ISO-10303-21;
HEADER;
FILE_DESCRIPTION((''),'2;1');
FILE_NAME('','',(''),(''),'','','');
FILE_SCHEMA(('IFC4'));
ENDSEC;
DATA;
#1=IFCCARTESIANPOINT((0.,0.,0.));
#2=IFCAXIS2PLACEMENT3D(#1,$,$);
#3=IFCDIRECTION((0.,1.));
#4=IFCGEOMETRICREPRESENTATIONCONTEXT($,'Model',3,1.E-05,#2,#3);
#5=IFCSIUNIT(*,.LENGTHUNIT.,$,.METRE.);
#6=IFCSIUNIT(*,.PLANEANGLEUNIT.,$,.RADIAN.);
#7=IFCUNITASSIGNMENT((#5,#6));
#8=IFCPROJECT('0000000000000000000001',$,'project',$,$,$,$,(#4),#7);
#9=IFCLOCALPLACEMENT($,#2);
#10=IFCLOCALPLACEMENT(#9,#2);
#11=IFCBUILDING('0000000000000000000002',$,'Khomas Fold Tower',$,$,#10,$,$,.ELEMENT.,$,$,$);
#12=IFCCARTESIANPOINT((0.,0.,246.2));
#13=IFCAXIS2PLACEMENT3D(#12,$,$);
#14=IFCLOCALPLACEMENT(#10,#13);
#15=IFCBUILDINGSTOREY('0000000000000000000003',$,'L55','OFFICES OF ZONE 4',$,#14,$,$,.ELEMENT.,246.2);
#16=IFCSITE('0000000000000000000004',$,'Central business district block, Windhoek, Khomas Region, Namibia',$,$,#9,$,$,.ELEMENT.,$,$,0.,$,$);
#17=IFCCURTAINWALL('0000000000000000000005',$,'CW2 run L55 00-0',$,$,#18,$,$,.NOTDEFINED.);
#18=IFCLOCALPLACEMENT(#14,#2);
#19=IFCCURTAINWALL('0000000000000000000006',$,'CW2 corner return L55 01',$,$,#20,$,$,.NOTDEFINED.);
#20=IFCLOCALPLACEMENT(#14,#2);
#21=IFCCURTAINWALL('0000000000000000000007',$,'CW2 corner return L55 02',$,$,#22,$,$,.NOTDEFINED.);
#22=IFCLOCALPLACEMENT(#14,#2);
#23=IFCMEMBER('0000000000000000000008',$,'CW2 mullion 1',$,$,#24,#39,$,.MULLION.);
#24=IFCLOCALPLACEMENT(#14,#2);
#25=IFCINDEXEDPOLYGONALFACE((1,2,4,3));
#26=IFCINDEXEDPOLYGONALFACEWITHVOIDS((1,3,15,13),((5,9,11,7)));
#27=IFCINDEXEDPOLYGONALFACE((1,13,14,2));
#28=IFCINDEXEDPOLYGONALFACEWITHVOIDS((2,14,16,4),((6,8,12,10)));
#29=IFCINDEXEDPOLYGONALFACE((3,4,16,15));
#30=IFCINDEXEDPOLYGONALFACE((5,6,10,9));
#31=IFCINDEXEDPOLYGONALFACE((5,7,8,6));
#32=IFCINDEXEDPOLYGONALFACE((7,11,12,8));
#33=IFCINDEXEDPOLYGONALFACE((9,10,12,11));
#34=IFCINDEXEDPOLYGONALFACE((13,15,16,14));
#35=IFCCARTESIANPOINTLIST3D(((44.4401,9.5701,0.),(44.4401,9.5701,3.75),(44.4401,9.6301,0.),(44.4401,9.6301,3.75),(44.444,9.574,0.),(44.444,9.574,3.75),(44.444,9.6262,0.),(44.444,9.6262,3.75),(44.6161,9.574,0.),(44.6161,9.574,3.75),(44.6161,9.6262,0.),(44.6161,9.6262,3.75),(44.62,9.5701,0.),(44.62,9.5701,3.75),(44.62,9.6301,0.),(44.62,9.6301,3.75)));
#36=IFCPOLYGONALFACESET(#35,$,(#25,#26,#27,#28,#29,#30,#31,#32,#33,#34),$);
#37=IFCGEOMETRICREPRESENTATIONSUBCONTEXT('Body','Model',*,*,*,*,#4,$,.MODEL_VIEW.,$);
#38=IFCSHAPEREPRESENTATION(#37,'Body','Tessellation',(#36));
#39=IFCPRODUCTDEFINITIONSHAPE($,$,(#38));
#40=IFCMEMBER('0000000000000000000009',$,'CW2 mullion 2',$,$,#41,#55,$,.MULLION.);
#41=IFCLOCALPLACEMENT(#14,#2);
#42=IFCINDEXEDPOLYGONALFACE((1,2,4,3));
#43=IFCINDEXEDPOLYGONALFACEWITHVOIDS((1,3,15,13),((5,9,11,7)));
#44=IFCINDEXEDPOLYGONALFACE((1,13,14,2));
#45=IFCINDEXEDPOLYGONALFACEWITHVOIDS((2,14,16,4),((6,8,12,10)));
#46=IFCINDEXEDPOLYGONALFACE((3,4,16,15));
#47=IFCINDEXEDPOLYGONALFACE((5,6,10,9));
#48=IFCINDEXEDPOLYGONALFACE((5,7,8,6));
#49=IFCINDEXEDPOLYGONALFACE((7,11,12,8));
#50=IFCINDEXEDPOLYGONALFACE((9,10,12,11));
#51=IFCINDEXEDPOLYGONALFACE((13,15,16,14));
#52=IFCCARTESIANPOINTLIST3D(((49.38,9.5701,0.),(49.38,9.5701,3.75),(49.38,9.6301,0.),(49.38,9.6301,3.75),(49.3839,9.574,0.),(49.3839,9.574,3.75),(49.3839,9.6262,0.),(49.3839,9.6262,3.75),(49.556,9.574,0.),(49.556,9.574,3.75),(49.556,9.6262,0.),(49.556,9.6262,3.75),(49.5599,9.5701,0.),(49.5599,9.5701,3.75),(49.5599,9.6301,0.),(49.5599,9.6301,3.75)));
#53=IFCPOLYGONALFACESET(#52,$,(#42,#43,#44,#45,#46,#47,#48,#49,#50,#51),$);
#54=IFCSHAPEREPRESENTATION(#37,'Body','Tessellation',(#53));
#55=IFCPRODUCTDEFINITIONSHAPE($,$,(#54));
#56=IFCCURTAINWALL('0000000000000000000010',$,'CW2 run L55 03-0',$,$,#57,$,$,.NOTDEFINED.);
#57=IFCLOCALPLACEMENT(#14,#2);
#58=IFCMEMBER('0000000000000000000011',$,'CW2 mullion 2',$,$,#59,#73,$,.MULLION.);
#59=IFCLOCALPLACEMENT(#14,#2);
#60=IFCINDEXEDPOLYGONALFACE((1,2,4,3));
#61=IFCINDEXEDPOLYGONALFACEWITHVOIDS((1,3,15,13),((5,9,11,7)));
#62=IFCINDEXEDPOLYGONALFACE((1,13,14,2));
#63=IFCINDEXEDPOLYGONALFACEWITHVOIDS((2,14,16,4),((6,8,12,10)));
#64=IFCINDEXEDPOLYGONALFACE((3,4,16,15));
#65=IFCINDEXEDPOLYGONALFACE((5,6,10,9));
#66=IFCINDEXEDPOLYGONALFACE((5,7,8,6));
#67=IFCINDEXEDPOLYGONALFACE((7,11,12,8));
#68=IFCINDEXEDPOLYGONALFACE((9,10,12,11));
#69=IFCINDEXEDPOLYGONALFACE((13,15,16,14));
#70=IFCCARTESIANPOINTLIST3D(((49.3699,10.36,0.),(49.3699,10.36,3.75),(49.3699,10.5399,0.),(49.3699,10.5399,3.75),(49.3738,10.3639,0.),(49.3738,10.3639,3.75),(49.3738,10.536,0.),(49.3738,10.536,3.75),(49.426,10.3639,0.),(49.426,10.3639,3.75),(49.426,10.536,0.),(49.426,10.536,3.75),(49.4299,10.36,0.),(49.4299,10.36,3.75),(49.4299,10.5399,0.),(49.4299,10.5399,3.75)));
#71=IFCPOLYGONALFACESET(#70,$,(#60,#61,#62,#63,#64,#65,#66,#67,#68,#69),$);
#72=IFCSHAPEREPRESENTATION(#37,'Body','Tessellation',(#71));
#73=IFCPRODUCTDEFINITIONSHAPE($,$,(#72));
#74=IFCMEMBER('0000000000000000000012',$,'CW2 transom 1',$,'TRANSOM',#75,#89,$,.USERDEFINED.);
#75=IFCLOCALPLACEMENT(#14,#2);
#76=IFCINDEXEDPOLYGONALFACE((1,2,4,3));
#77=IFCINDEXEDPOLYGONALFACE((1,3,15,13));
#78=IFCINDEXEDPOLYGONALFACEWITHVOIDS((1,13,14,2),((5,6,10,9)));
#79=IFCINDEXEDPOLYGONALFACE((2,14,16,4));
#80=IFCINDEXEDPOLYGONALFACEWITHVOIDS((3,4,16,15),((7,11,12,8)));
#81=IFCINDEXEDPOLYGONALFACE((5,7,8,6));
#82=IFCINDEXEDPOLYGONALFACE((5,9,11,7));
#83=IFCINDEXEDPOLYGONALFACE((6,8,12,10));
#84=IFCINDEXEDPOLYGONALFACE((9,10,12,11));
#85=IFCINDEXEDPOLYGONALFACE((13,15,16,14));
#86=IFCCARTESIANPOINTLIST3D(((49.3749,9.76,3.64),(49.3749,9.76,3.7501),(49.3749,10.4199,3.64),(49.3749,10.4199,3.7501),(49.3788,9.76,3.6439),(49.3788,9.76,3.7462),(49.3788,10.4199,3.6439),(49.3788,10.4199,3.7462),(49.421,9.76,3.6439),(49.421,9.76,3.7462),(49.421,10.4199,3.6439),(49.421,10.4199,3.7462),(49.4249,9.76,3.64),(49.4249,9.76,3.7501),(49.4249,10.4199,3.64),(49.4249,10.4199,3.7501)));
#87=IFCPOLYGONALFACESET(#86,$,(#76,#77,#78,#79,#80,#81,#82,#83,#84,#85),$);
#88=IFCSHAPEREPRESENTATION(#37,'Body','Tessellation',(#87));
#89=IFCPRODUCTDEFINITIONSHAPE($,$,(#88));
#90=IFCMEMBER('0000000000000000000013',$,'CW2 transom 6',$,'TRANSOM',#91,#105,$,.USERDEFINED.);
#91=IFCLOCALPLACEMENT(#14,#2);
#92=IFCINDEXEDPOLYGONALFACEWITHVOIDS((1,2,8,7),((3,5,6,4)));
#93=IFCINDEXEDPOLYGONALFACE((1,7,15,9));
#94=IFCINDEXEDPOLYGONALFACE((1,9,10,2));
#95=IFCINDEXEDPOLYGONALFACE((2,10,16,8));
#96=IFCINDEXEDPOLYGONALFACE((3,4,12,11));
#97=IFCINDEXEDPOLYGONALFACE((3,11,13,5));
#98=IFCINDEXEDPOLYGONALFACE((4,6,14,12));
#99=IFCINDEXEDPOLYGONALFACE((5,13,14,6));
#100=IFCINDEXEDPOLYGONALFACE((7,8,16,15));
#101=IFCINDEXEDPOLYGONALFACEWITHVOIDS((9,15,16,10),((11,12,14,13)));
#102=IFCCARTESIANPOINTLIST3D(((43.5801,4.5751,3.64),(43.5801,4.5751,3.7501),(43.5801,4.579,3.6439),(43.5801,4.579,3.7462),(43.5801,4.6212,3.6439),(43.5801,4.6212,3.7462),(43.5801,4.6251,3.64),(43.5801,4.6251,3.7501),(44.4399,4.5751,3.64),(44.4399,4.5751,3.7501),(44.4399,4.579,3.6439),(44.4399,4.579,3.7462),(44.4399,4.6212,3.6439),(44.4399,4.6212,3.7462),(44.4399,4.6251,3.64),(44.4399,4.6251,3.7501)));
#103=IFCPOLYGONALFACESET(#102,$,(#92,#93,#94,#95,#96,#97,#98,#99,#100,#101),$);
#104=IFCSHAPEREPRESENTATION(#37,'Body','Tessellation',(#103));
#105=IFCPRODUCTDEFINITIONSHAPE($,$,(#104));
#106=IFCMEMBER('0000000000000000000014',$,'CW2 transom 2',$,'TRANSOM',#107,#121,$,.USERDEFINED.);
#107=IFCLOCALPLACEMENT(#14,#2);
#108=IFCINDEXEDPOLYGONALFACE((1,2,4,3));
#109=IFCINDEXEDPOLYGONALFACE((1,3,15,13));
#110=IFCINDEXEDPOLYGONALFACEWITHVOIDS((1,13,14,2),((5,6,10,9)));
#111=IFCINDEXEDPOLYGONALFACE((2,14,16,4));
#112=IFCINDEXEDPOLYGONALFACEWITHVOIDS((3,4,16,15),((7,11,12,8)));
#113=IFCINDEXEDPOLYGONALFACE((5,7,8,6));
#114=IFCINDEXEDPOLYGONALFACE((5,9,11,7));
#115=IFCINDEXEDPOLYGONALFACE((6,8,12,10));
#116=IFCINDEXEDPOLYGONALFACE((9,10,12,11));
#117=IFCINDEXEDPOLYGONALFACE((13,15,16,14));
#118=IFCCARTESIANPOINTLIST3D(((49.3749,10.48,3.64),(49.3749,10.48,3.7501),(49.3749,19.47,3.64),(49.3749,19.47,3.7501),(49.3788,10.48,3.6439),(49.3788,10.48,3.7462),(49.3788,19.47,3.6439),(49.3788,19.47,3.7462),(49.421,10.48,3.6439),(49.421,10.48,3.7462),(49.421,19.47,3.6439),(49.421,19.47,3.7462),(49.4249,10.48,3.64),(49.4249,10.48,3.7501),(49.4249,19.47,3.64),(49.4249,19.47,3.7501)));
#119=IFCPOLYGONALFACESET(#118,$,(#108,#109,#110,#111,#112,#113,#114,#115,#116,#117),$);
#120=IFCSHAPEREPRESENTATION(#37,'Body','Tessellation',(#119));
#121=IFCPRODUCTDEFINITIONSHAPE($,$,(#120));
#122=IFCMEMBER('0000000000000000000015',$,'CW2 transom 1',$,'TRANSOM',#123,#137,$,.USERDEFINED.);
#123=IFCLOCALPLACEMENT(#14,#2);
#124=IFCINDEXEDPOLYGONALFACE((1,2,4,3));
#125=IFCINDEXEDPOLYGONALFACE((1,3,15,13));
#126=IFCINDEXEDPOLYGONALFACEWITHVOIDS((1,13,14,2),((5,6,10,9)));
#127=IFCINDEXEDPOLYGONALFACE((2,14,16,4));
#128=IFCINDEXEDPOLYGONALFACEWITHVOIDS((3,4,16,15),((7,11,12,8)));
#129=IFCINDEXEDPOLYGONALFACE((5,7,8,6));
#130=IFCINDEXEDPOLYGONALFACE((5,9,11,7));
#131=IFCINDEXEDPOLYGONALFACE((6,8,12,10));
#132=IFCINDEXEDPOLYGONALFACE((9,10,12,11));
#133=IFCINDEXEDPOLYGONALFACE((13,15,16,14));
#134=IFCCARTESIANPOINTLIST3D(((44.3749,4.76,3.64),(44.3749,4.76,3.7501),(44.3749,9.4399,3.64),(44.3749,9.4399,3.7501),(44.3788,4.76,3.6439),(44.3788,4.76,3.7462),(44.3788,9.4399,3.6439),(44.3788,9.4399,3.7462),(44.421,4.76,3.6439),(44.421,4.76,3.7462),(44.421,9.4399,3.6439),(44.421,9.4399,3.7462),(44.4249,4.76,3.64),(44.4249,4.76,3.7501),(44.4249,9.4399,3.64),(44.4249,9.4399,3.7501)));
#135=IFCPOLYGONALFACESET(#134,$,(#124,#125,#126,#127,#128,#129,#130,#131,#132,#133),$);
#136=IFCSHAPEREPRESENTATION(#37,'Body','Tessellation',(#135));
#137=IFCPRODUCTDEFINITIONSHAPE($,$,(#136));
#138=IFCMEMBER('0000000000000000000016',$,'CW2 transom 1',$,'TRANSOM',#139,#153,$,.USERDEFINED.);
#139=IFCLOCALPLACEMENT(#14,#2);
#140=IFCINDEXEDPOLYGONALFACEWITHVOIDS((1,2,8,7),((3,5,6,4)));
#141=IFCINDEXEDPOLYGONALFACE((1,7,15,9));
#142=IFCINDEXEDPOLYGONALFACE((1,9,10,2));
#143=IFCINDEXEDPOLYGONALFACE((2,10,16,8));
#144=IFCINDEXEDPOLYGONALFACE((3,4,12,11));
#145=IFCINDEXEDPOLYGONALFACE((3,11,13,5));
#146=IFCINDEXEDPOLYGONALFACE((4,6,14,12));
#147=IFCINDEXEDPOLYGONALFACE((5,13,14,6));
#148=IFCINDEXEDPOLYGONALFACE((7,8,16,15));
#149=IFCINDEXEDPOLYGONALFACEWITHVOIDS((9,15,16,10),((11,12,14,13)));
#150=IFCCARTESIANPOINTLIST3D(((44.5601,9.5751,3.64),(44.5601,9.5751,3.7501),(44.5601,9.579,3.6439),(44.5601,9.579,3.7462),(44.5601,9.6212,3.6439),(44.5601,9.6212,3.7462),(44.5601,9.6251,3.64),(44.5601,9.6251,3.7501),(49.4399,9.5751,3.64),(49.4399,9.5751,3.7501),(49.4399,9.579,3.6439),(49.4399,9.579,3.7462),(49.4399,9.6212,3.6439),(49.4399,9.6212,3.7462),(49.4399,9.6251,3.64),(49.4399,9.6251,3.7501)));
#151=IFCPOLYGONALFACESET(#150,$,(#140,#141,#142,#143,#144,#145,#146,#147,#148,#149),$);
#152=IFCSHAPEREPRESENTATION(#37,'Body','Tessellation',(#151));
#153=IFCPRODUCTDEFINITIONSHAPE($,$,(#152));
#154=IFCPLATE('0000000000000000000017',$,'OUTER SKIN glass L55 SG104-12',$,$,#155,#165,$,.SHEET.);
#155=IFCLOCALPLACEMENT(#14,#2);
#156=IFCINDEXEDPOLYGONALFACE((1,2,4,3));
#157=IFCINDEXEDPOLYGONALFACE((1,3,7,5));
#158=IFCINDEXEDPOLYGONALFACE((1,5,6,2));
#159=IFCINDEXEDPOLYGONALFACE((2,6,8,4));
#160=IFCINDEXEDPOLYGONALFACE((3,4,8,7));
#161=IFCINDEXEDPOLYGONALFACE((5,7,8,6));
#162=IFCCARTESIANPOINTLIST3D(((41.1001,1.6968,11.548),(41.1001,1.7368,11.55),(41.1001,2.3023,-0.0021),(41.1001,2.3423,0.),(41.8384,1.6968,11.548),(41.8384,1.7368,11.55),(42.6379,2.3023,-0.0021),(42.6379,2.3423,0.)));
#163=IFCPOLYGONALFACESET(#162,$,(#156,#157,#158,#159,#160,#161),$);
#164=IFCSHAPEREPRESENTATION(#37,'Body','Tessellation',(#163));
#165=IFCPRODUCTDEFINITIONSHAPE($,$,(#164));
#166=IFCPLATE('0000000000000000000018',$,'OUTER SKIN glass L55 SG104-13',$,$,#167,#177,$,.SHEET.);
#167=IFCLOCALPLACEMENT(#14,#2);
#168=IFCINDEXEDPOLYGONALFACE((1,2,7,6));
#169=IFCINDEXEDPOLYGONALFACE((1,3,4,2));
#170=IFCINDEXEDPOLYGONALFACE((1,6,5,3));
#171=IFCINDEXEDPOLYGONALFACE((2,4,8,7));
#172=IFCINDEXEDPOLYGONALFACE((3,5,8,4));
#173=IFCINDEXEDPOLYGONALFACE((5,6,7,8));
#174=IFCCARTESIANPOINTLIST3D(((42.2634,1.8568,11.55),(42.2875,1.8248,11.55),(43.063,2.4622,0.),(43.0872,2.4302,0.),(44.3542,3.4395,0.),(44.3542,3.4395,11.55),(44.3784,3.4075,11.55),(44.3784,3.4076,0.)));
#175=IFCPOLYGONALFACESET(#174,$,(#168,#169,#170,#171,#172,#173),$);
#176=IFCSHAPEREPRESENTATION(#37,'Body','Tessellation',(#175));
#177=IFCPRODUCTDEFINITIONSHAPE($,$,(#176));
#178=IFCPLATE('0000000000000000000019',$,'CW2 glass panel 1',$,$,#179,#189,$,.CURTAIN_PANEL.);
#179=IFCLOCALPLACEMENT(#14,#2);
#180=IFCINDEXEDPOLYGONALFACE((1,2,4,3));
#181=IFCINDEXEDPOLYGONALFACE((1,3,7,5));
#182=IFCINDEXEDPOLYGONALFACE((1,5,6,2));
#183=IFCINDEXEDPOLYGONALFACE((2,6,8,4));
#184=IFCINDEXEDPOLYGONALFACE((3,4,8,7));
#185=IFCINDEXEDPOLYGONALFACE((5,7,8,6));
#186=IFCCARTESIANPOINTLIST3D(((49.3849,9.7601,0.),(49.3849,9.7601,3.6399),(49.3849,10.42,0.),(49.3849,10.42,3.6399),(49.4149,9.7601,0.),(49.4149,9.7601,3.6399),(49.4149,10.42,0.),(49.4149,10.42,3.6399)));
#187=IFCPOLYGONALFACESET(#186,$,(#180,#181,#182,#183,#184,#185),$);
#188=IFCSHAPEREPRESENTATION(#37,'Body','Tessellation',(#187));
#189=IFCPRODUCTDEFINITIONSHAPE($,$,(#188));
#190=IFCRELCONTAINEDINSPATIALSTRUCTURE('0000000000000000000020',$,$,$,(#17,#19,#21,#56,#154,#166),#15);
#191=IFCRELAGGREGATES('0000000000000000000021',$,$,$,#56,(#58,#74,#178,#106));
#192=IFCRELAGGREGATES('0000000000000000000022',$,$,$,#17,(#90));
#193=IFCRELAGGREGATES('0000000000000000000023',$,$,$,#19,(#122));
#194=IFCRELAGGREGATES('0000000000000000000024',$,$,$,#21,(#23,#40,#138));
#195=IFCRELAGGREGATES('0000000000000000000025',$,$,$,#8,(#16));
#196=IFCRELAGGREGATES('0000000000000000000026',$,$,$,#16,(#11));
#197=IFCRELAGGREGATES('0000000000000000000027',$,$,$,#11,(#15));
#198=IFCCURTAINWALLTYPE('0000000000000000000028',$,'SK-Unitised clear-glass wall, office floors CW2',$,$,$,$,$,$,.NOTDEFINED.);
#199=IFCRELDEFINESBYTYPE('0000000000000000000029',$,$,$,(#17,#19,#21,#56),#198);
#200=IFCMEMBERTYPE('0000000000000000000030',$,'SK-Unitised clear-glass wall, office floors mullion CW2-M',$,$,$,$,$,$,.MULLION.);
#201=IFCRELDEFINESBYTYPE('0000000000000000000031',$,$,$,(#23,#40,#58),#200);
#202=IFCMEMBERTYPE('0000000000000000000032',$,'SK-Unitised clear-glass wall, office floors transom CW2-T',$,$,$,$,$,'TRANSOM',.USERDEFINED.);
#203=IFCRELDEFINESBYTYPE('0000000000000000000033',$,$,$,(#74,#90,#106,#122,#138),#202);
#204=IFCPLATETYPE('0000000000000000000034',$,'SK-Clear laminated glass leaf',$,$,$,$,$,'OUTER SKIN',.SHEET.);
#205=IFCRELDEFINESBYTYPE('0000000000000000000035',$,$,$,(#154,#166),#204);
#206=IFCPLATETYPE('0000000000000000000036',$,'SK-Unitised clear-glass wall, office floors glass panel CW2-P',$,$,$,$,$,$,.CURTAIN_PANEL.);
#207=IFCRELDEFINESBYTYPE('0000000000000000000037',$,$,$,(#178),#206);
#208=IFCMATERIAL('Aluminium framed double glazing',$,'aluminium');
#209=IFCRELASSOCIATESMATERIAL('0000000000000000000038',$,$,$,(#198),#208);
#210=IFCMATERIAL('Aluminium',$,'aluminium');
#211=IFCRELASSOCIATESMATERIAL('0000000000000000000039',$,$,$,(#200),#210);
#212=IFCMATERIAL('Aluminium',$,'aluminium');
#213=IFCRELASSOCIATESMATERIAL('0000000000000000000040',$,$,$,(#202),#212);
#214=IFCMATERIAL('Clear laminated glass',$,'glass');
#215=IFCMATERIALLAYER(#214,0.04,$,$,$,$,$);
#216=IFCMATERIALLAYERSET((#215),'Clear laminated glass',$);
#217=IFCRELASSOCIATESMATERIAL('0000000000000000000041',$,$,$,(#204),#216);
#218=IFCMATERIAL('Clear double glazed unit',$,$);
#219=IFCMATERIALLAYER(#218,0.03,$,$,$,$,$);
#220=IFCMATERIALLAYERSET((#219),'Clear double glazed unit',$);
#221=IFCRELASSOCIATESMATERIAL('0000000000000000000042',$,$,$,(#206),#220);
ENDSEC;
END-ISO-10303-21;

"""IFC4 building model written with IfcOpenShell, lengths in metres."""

from ifc_helpers import new_model, si_unit, direction, frame, origin, origin_2d, place, context, subcontext, project, spatial, polyline, rectangle, hollow_rectangle, outline, extrude, source, transform, mapped, material, layer, layer_set, material_profile, profile_set, type_object, element, aggregate, save


model = new_model("IFC4")

# Units and contexts
model_context = context("Model", 3, precision=1e-05, world=origin(), true_north=direction((0.0, 1.0)))
body_context = subcontext(model_context, "Body", "Model", "MODEL_VIEW")
ifc_project = project(units=[si_unit("LENGTHUNIT", "METRE"), si_unit("PLANEANGLEUNIT", "RADIAN")], contexts=[model_context])

# Site, building, storey
site_placement = place(None, origin())
site = spatial("IfcSite", under=ifc_project, at=site_placement, Name="Central business district block, Windhoek, Khomas Region, Namibia", CompositionType="ELEMENT", RefElevation=0.0)
building_placement = place(site_placement, origin())
building = spatial("IfcBuilding", under=site, at=building_placement, Name="Khomas Fold Tower", CompositionType="ELEMENT")
storey_placement = place(building_placement, frame((0.0, 0.0, 246.2)))
storey = spatial("IfcBuildingStorey", under=building, at=storey_placement, Name="L55", Description="OFFICES OF ZONE 4", CompositionType="ELEMENT", Elevation=246.2)

# Curtain walls, members
ifc_material_1 = material(Name="Aluminium framed double glazing", Category="aluminium")
curtain_wall_type = type_object("IfcCurtainWallType", Name="SK-Unitised clear-glass wall, office floors CW2", PredefinedType="NOTDEFINED", material=ifc_material_1)
curtain_wall_1_placement = place(storey_placement, origin())
curtain_wall_1 = element("IfcCurtainWall", 1, at=curtain_wall_1_placement, inside=storey, type_object=curtain_wall_type, Name="CW2 run L55 00-0", PredefinedType="NOTDEFINED")
ifc_material_2 = material(Name="Aluminium", Category="aluminium")
ifc_material_profile_1 = material_profile(ifc_material_2, hollow_rectangle(XDim=0.0601, YDim=0.1799, WallThickness=0.0039, at=origin_2d()), Name="SK-Unitised clear-glass wall, office floors mullion CW2-M")
ifc_profile_set_1 = profile_set([ifc_material_profile_1], Name="Aluminium")
member_type_1 = type_object("IfcMemberType", Name="SK-Unitised clear-glass wall, office floors mullion CW2-M", PredefinedType="MULLION", material=ifc_profile_set_1)
shared_shape_1 = source(origin(), body_context, "Body", "SweptSolid", [
    extrude(hollow_rectangle(XDim=0.0601, YDim=0.1799, WallThickness=0.0039, at=origin_2d()), origin(), (0.0, 0.0, 1.0), 3.75),
])
curtain_wall_2_placement = place(storey_placement, origin())
curtain_wall_2 = element("IfcCurtainWall", 2, at=curtain_wall_2_placement, inside=storey, type_object=curtain_wall_type, Name="CW2 corner return L55 01", PredefinedType="NOTDEFINED")
curtain_wall_3_placement = place(storey_placement, origin())
curtain_wall_3 = element("IfcCurtainWall", 3, at=curtain_wall_3_placement, inside=storey, type_object=curtain_wall_type, Name="CW2 corner return L55 02", PredefinedType="NOTDEFINED")
member_1_placement = place(storey_placement, frame((44.53, 9.6001, 0.0), z_axis=(0.0, 0.0, 1.0), x_axis=(0.0, 1.0, 0.0)))
member_1 = element("IfcMember", 4, at=member_1_placement, type_object=member_type_1, Name="CW2 mullion 1", PredefinedType="MULLION", context=body_context, shape_type="MappedRepresentation", body=[
    mapped(shared_shape_1, transform((0.0, 0.0, 0.0))),
])
member_2_placement = place(storey_placement, frame((49.47, 9.6001, 0.0), z_axis=(0.0, 0.0, 1.0), x_axis=(0.0, 1.0, 0.0)))
member_2 = element("IfcMember", 5, at=member_2_placement, type_object=member_type_1, Name="CW2 mullion 2", PredefinedType="MULLION", context=body_context, shape_type="MappedRepresentation", body=[
    mapped(shared_shape_1, transform((0.0, 0.0, 0.0))),
])
curtain_wall_4_placement = place(storey_placement, origin())
curtain_wall_4 = element("IfcCurtainWall", 6, at=curtain_wall_4_placement, inside=storey, type_object=curtain_wall_type, Name="CW2 run L55 03-0", PredefinedType="NOTDEFINED")
member_3_placement = place(storey_placement, frame((49.3999, 10.45, 0.0), z_axis=(0.0, 0.0, 1.0), x_axis=(-1.0, 0.0, 0.0)))
member_3 = element("IfcMember", 7, at=member_3_placement, type_object=member_type_1, Name="CW2 mullion 2", PredefinedType="MULLION", context=body_context, shape_type="MappedRepresentation", body=[
    mapped(shared_shape_1, transform((0.0, 0.0, 0.0))),
])
ifc_material_3 = material(Name="Aluminium", Category="aluminium")
ifc_material_profile_2 = material_profile(ifc_material_3, hollow_rectangle(XDim=0.05, YDim=0.1101, WallThickness=0.0039, at=origin_2d()), Name="SK-Unitised clear-glass wall, office floors transom CW2-T")
ifc_profile_set_2 = profile_set([ifc_material_profile_2], Name="Aluminium")
member_type_2 = type_object("IfcMemberType", Name="SK-Unitised clear-glass wall, office floors transom CW2-T", ElementType="TRANSOM", PredefinedType="USERDEFINED", material=ifc_profile_set_2)
shared_shape_2 = source(origin(), body_context, "Body", "SweptSolid", [
    extrude(hollow_rectangle(XDim=0.05, YDim=0.1101, WallThickness=0.0039, at=origin_2d()), origin(), (0.0, 0.0, 1.0), 0.6599),
])
member_4_placement = place(storey_placement, frame((49.3999, 9.76, 3.6951), z_axis=(0.0, 1.0, 0.0), x_axis=(-1.0, 0.0, 0.0)))
member_4 = element("IfcMember", 8, at=member_4_placement, type_object=member_type_2, Name="CW2 transom 1", ObjectType="TRANSOM", PredefinedType="USERDEFINED", context=body_context, shape_type="MappedRepresentation", body=[
    mapped(shared_shape_2, transform((0.0, 0.0, 0.0))),
])

# Members
shared_shape_3 = source(origin(), body_context, "Body", "SweptSolid", [
    extrude(hollow_rectangle(XDim=0.05, YDim=0.1101, WallThickness=0.0039, at=origin_2d()), origin(), (0.0, 0.0, 1.0), 0.8599),
])
member_5_placement = place(storey_placement, frame((43.5801, 4.6001, 3.6951), z_axis=(1.0, 0.0, 0.0), x_axis=(0.0, 1.0, 0.0)))
member_5 = element("IfcMember", 9, at=member_5_placement, type_object=member_type_2, Name="CW2 transom 6", ObjectType="TRANSOM", PredefinedType="USERDEFINED", context=body_context, shape_type="MappedRepresentation", body=[
    mapped(shared_shape_3, transform((0.0, 0.0, 0.0))),
])
shared_shape_4 = source(origin(), body_context, "Body", "SweptSolid", [
    extrude(hollow_rectangle(XDim=0.05, YDim=0.1101, WallThickness=0.0039, at=origin_2d()), origin(), (0.0, 0.0, 1.0), 8.99),
])
member_6_placement = place(storey_placement, frame((49.3999, 10.48, 3.6951), z_axis=(0.0, 1.0, 0.0), x_axis=(-1.0, 0.0, 0.0)))
member_6 = element("IfcMember", 10, at=member_6_placement, type_object=member_type_2, Name="CW2 transom 2", ObjectType="TRANSOM", PredefinedType="USERDEFINED", context=body_context, shape_type="MappedRepresentation", body=[
    mapped(shared_shape_4, transform((0.0, 0.0, 0.0))),
])
shared_shape_5 = source(origin(), body_context, "Body", "SweptSolid", [
    extrude(hollow_rectangle(XDim=0.05, YDim=0.1101, WallThickness=0.0039, at=origin_2d()), origin(), (0.0, 0.0, 1.0), 4.6799),
])
member_7_placement = place(storey_placement, frame((44.3999, 4.76, 3.6951), z_axis=(0.0, 1.0, 0.0), x_axis=(-1.0, 0.0, 0.0)))
member_7 = element("IfcMember", 11, at=member_7_placement, type_object=member_type_2, Name="CW2 transom 1", ObjectType="TRANSOM", PredefinedType="USERDEFINED", context=body_context, shape_type="MappedRepresentation", body=[
    mapped(shared_shape_5, transform((0.0, 0.0, 0.0))),
])
shared_shape_6 = source(origin(), body_context, "Body", "SweptSolid", [
    extrude(hollow_rectangle(XDim=0.05, YDim=0.1101, WallThickness=0.0039, at=origin_2d()), origin(), (0.0, 0.0, 1.0), 4.8799),
])
member_8_placement = place(storey_placement, frame((44.5601, 9.6001, 3.6951), z_axis=(1.0, 0.0, 0.0), x_axis=(0.0, 1.0, 0.0)))
member_8 = element("IfcMember", 12, at=member_8_placement, type_object=member_type_2, Name="CW2 transom 1", ObjectType="TRANSOM", PredefinedType="USERDEFINED", context=body_context, shape_type="MappedRepresentation", body=[
    mapped(shared_shape_6, transform((0.0, 0.0, 0.0))),
])

# Plates
ifc_material_4 = material(Name="Clear laminated glass", Category="glass")
ifc_layer_1 = layer(ifc_material_4, 0.04)
ifc_layer_set_1 = layer_set([ifc_layer_1], Name="Clear laminated glass")
plate_type_1 = type_object("IfcPlateType", Name="SK-Clear laminated glass leaf", ElementType="OUTER SKIN", PredefinedType="SHEET", material=ifc_layer_set_1)
plate_1_placement = place(storey_placement, frame((42.6379, 2.3423, 0.0), z_axis=(0.0, 0.998629, 0.052349), x_axis=(-1.0, 0.0, 0.0)))
element("IfcPlate", 13, at=plate_1_placement, inside=storey, type_object=plate_type_1, Name="OUTER SKIN glass L55 SG104-12", PredefinedType="SHEET", context=body_context, shape_type="SweptSolid", body=[
    extrude(outline(polyline([(0.0, 0.0), (1.5378, 0.0), (1.5378, 11.5659), (0.7996, 11.5659), (0.0, 0.0)])), origin(), (0.0, 0.0, -1.0), 0.04),
])
plate_2_placement = place(storey_placement, frame((43.063, 2.4622, 0.0), z_axis=(-0.60354, 0.797333, 0.000008), x_axis=(-0.068971, -0.052218, 0.996251)))
element("IfcPlate", 14, at=plate_2_placement, inside=storey, type_object=plate_type_1, Name="OUTER SKIN glass L55 SG104-13", PredefinedType="SHEET", context=body_context, shape_type="SweptSolid", body=[
    extrude(outline(polyline([(0.0, 0.0), (11.5935, 0.0), (11.3667, 2.6125), (-0.1401, 1.6133), (0.0, 0.0)])), origin(), (0.0, 0.0, -1.0), 0.04),
])

# Plate
ifc_material_5 = material(Name="Clear double glazed unit")
ifc_layer_2 = layer(ifc_material_5, 0.03)
ifc_layer_set_2 = layer_set([ifc_layer_2], Name="Clear double glazed unit")
plate_type_2 = type_object("IfcPlateType", Name="SK-Unitised clear-glass wall, office floors glass panel CW2-P", PredefinedType="CURTAIN_PANEL", material=ifc_layer_set_2)
shared_shape_7 = source(origin(), body_context, "Body", "SweptSolid", [
    extrude(rectangle(XDim=0.6599, YDim=0.03, at=origin_2d()), origin(), (0.0, 0.0, 1.0), 3.6399),
])
plate_3_placement = place(storey_placement, frame((49.3999, 10.0901, 0.0), z_axis=(0.0, 0.0, 1.0), x_axis=(0.0, 1.0, 0.0)))
plate_3 = element("IfcPlate", 15, at=plate_3_placement, type_object=plate_type_2, Name="CW2 glass panel 1", PredefinedType="CURTAIN_PANEL", context=body_context, shape_type="MappedRepresentation", body=[
    mapped(shared_shape_7, transform((0.0, 0.0, 0.0))),
])
aggregate(curtain_wall_4, [member_3, member_4, plate_3, member_6])
aggregate(curtain_wall_1, [member_5])
aggregate(curtain_wall_2, [member_7])
aggregate(curtain_wall_3, [member_1, member_2, member_8])

save(model, "model.ifc")
